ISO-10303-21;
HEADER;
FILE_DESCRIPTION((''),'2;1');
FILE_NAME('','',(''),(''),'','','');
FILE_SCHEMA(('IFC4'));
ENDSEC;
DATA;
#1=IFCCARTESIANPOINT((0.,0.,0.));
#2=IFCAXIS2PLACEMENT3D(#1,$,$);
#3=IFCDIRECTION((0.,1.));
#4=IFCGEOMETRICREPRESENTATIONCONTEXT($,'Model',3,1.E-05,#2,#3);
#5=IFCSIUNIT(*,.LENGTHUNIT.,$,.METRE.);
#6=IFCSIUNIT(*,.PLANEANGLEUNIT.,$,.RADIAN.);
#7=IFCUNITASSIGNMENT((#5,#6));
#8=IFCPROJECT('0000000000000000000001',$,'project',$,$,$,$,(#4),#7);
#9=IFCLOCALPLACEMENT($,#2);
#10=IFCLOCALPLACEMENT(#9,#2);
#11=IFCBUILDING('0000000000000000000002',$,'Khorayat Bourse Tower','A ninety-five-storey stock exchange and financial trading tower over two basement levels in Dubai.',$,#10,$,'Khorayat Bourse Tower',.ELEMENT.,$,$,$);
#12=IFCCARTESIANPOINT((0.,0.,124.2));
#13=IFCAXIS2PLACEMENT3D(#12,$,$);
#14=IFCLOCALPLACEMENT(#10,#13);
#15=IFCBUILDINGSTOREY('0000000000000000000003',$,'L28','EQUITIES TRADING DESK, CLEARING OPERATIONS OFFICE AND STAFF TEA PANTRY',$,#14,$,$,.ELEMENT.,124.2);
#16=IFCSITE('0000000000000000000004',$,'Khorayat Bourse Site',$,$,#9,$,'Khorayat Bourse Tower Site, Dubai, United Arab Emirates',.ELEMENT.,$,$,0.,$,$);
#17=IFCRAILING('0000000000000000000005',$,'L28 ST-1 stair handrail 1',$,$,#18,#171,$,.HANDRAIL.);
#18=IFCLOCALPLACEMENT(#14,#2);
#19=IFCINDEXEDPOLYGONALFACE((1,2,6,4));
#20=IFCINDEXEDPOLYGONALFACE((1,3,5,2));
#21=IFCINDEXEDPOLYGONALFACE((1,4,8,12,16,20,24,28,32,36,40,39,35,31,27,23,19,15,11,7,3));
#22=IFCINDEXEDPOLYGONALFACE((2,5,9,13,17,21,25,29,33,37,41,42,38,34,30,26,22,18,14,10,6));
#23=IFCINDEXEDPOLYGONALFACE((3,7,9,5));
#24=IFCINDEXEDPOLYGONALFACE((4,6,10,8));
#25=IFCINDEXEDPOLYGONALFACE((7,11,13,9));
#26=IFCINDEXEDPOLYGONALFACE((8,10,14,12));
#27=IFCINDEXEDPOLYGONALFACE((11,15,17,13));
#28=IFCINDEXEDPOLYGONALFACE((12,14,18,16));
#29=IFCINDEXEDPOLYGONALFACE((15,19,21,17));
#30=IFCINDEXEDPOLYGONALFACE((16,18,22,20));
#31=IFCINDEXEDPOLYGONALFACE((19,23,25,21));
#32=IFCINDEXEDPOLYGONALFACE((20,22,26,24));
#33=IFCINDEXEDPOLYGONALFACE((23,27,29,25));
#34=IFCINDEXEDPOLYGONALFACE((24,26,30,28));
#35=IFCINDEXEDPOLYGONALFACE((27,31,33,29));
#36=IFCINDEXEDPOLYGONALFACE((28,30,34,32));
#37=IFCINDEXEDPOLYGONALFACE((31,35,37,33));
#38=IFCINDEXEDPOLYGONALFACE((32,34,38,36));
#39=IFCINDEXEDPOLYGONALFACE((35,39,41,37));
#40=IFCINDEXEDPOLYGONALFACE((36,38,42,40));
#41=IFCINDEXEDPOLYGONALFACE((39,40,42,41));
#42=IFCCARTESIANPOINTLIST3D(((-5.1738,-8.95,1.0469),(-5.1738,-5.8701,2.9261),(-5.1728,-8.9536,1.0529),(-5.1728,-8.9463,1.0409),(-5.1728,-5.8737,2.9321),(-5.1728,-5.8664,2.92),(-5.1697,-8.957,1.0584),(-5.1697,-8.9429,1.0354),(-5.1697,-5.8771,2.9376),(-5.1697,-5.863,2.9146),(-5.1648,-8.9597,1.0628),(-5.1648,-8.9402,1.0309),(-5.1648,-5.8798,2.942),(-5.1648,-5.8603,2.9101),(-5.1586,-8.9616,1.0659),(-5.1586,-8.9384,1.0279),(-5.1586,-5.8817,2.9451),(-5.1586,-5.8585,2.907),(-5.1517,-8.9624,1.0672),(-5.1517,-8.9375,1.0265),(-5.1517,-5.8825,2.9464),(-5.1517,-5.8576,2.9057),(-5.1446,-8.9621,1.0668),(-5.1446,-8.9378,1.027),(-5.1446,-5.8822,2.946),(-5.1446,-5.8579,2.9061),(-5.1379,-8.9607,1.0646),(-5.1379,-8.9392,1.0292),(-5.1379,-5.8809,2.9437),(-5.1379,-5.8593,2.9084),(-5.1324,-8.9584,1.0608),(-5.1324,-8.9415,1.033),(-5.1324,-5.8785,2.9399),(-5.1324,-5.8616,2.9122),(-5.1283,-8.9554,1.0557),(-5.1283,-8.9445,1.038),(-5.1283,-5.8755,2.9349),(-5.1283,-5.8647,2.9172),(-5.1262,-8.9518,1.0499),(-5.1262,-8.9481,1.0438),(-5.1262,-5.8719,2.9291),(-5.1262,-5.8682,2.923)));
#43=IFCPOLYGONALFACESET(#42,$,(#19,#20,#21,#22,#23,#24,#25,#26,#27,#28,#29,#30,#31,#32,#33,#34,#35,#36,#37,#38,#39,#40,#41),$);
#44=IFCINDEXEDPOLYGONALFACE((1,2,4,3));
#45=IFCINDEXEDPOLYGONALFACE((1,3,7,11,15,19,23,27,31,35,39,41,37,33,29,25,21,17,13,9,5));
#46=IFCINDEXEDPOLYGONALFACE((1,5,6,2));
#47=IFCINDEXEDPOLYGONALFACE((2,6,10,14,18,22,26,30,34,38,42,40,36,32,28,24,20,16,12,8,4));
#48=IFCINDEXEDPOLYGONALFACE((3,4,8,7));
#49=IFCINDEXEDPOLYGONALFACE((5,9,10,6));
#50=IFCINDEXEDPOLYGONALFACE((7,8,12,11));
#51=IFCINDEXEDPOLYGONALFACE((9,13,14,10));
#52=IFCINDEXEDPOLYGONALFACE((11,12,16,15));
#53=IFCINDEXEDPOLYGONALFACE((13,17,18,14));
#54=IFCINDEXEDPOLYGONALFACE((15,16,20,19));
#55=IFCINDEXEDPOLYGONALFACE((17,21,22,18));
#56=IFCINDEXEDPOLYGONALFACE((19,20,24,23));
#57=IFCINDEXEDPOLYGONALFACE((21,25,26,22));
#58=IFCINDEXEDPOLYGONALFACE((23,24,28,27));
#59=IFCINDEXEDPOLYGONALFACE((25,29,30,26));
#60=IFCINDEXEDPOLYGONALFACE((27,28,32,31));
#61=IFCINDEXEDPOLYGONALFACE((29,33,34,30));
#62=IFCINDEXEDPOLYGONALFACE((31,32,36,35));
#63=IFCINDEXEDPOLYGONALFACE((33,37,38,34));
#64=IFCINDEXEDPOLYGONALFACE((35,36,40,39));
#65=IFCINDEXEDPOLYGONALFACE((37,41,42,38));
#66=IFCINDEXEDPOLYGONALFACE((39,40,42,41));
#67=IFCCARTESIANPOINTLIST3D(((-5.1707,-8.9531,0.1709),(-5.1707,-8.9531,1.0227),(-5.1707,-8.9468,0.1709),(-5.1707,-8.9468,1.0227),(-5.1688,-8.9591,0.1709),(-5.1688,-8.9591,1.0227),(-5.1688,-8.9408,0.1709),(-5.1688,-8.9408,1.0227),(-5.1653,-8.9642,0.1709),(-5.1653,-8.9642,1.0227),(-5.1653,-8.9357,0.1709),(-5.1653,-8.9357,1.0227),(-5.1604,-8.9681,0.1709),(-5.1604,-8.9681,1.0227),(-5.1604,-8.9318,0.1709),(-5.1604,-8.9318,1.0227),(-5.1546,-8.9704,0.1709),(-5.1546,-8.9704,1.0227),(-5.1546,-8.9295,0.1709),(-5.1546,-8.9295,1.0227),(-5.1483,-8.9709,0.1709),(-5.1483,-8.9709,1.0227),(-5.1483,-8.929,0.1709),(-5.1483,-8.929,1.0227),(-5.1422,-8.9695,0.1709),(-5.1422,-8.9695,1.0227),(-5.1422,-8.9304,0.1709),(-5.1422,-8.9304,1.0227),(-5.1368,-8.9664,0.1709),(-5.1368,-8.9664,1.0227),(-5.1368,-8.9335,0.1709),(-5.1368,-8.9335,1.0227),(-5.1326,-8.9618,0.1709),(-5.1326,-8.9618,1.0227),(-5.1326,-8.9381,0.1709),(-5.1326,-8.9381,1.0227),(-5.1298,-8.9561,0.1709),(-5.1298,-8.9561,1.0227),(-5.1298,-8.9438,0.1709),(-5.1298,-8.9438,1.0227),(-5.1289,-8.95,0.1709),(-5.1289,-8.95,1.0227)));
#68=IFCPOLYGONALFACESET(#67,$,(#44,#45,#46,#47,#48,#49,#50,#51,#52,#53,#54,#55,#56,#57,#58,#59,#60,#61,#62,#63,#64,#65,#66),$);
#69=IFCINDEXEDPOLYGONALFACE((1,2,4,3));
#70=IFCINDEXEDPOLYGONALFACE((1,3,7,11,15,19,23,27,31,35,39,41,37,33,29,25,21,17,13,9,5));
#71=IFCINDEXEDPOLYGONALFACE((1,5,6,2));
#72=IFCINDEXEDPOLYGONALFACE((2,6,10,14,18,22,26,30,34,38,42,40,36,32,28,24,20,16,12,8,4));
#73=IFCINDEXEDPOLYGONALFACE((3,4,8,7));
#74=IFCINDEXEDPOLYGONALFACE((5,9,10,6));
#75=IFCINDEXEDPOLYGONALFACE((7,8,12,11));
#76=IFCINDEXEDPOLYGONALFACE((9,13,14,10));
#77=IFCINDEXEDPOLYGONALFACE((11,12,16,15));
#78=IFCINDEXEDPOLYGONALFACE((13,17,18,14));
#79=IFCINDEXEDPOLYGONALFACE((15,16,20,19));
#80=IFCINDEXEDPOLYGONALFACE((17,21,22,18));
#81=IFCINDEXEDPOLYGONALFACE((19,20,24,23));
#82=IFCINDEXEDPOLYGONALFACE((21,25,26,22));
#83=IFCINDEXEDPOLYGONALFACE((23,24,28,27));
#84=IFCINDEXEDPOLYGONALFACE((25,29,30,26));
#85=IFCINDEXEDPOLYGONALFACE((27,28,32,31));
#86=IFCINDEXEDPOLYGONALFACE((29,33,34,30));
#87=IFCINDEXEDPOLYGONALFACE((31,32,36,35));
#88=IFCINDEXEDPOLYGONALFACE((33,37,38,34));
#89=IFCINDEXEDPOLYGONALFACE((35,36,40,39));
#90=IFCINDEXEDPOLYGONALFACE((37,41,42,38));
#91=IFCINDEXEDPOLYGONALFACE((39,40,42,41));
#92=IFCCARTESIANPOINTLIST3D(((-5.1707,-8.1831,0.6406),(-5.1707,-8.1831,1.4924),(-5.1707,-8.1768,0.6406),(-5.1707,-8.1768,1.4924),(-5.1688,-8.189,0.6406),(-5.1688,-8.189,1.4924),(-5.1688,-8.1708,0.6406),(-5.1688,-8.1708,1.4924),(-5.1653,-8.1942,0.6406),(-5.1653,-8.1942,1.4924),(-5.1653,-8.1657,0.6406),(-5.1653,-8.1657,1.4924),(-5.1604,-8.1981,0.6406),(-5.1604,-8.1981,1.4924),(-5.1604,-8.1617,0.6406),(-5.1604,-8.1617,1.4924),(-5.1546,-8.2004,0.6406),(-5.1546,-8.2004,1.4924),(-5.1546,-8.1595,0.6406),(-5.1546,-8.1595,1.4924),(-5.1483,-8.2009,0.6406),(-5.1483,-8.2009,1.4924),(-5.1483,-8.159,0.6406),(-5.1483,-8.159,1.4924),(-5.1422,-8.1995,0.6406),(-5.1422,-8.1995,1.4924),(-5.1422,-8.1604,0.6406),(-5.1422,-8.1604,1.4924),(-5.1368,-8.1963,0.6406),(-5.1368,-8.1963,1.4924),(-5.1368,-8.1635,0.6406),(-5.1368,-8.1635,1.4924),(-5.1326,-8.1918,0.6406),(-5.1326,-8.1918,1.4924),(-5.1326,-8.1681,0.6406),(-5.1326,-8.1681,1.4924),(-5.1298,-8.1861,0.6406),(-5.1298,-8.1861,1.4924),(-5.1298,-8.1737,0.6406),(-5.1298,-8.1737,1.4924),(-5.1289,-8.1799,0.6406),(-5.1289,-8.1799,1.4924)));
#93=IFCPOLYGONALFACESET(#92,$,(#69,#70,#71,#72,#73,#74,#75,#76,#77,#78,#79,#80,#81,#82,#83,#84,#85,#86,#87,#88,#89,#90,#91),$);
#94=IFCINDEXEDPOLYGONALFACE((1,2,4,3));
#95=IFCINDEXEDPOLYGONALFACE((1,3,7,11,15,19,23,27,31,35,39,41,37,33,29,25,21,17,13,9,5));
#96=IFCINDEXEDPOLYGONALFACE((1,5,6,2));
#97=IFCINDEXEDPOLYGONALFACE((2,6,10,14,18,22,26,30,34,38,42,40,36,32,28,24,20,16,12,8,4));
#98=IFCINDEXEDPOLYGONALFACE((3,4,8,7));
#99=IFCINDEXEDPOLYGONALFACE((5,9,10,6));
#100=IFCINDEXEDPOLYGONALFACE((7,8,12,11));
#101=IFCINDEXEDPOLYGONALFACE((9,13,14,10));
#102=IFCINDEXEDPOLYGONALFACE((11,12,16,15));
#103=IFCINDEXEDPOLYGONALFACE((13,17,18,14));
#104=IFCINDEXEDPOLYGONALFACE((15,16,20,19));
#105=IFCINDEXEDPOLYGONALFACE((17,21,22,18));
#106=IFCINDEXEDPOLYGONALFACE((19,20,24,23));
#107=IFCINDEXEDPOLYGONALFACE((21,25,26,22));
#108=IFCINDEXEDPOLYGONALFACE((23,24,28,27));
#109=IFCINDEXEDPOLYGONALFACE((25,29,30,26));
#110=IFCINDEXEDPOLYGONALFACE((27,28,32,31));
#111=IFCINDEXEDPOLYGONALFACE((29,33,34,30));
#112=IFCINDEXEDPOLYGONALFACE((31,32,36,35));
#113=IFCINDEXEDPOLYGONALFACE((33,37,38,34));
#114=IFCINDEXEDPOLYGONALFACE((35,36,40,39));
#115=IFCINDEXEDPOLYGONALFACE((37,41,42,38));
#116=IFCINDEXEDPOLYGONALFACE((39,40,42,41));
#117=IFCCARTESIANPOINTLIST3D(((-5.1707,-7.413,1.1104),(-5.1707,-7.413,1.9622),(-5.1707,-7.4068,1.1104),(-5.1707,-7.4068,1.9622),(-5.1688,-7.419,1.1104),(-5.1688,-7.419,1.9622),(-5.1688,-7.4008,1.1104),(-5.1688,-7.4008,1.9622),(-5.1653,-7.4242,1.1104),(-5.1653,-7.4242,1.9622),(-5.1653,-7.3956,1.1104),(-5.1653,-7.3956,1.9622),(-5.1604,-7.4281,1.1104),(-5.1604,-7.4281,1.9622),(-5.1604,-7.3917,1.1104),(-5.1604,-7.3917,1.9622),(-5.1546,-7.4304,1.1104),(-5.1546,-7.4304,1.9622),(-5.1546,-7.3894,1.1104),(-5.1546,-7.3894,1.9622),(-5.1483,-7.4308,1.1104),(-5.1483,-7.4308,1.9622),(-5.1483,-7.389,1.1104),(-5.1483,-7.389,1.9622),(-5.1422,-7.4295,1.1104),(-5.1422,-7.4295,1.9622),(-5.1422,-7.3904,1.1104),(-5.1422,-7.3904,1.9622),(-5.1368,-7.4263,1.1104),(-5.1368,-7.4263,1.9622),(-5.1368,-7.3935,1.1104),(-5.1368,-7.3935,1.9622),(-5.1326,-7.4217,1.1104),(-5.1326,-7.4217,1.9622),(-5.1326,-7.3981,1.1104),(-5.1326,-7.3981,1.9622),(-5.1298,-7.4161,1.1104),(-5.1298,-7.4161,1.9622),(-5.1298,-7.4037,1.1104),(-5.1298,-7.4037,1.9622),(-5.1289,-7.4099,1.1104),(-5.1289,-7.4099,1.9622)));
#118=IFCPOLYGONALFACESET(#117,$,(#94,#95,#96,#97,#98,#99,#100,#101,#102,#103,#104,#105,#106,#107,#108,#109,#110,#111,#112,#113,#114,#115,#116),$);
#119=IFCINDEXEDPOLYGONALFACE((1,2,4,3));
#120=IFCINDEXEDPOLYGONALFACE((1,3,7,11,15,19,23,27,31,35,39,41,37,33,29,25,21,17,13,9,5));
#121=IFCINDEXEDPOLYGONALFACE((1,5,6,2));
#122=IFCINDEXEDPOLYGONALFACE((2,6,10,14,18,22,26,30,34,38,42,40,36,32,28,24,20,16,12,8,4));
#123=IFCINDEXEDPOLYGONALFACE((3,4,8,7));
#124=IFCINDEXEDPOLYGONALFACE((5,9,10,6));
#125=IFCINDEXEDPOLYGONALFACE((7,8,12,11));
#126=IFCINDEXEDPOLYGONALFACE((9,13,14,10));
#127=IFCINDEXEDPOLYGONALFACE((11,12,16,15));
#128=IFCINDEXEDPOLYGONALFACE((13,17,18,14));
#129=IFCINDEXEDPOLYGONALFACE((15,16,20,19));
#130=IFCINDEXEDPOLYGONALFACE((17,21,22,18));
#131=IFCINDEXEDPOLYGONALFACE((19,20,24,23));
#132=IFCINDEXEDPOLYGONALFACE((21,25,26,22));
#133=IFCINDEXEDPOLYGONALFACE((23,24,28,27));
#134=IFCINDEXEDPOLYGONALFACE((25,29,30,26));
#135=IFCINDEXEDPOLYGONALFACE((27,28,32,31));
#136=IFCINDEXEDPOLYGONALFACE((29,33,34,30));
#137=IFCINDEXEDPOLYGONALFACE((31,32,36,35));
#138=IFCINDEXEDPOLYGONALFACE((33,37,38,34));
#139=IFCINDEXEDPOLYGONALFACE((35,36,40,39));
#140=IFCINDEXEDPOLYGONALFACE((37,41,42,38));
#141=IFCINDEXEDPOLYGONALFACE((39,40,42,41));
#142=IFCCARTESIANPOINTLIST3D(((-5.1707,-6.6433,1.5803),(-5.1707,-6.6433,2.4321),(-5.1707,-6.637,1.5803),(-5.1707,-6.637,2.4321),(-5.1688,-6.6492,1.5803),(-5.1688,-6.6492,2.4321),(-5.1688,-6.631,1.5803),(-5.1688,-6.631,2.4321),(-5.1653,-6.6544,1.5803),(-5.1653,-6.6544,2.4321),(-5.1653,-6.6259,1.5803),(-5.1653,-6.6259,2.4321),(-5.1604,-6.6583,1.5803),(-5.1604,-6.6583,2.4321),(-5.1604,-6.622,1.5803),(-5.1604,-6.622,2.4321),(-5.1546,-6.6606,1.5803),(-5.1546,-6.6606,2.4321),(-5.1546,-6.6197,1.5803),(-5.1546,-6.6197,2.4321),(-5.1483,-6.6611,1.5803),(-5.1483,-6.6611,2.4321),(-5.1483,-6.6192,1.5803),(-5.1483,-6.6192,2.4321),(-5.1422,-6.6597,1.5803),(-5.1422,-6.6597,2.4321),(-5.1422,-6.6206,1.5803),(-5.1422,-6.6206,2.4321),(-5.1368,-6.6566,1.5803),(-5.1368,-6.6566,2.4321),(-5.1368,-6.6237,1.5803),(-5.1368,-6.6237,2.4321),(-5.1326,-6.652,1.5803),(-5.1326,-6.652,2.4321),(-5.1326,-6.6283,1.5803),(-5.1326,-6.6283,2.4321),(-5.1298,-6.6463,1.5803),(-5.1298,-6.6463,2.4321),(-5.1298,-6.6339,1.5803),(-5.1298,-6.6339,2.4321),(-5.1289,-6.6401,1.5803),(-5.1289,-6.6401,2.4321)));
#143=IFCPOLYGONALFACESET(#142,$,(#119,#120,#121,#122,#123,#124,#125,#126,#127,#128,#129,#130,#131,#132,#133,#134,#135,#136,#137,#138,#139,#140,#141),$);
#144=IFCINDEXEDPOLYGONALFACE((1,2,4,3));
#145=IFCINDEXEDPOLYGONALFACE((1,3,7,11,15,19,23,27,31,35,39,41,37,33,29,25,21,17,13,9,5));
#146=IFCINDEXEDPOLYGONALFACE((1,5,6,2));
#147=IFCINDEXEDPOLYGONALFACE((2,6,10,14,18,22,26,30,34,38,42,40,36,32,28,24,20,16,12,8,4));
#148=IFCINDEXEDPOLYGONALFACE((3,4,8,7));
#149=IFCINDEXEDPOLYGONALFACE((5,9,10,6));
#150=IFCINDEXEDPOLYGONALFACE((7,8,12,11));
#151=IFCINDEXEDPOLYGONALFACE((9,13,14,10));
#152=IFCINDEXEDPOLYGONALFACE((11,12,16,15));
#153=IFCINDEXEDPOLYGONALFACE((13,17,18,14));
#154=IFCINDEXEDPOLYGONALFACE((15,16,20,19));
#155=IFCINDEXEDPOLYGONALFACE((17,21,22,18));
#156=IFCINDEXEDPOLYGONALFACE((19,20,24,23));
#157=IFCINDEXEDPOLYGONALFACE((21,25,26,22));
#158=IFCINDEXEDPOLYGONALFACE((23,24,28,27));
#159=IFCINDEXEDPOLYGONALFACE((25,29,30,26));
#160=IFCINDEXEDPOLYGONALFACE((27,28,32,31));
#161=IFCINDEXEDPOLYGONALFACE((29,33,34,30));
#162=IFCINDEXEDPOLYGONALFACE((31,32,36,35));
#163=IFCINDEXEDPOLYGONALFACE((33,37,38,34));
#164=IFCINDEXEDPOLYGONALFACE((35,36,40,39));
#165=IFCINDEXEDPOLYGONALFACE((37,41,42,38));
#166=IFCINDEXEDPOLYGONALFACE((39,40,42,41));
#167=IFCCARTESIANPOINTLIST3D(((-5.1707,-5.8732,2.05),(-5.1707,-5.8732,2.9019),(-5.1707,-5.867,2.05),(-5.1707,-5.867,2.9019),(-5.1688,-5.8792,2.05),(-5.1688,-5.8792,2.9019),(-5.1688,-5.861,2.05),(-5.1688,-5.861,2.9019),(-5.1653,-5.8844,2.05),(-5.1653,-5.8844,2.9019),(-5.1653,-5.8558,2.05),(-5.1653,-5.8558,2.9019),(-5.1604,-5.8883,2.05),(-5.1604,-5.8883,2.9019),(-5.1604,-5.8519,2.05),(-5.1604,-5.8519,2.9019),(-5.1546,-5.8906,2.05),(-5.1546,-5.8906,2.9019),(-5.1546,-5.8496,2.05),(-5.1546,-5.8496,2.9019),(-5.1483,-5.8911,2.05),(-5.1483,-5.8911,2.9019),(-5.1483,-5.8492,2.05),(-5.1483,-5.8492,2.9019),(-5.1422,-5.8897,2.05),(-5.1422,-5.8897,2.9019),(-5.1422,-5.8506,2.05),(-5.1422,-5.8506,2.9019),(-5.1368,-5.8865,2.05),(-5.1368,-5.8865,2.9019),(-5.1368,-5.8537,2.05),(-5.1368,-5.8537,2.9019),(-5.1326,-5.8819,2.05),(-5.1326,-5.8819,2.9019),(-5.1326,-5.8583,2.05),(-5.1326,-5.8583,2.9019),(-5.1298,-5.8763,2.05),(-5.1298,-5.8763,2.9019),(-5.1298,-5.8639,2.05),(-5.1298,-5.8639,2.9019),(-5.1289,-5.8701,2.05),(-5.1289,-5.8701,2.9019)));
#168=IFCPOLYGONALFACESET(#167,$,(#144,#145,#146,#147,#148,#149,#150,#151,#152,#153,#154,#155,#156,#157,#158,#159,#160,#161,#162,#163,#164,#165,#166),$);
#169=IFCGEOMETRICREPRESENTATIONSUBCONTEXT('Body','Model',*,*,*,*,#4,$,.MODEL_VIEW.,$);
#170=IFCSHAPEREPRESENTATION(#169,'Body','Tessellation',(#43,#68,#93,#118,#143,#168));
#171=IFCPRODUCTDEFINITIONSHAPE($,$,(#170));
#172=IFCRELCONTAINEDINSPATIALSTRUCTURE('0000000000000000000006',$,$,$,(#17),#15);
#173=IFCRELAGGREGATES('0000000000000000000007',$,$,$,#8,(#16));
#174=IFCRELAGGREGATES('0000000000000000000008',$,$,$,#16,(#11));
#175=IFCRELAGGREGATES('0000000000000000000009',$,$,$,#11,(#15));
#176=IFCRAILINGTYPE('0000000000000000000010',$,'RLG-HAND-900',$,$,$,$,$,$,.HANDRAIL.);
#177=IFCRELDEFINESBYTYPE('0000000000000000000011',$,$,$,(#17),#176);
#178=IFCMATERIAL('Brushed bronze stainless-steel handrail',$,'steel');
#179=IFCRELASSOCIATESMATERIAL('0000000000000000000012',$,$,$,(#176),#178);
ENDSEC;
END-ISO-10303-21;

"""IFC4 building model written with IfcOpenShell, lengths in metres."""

from ifc_helpers import new_model, si_unit, direction, frame, origin, origin_2d, place, context, subcontext, project, spatial, circle, extrude, source, transform, mapped, material, type_object, element, save


model = new_model("IFC4")

# Units and contexts
model_context = context("Model", 3, precision=1e-05, world=origin(), true_north=direction((0.0, 1.0)))
body_context = subcontext(model_context, "Body", "Model", "MODEL_VIEW")
ifc_project = project(units=[si_unit("LENGTHUNIT", "METRE"), si_unit("PLANEANGLEUNIT", "RADIAN")], contexts=[model_context])

# Site, building, storey
site_placement = place(None, origin())
site = spatial("IfcSite", under=ifc_project, at=site_placement, Name="Khorayat Bourse Site", LongName="Khorayat Bourse Tower Site, Dubai, United Arab Emirates", CompositionType="ELEMENT", RefElevation=0.0)
building_placement = place(site_placement, origin())
building = spatial("IfcBuilding", under=site, at=building_placement, Name="Khorayat Bourse Tower", Description="A ninety-five-storey stock exchange and financial trading tower over two basement levels in Dubai.", LongName="Khorayat Bourse Tower", CompositionType="ELEMENT")
storey_placement = place(building_placement, frame((0.0, 0.0, 124.2)))
storey = spatial("IfcBuildingStorey", under=building, at=storey_placement, Name="L28", Description="EQUITIES TRADING DESK, CLEARING OPERATIONS OFFICE AND STAFF TEA PANTRY", CompositionType="ELEMENT", Elevation=124.2)

# Railing
ifc_material_1 = material(Name="Brushed bronze stainless-steel handrail", Category="steel")
railing_type_1 = type_object("IfcRailingType", Name="RLG-HAND-900", PredefinedType="HANDRAIL", material=ifc_material_1)
shared_shape_1 = source(origin(), body_context, "Body", "SweptSolid", [
    extrude(circle(Radius=0.0239, at=origin_2d()), frame((0.0, 0.0, 0.876), z_axis=(0.0, 0.853648, 0.52085), x_axis=(-1.0, 0.0, 0.0)), (0.0, 0.0, 1.0), 3.6079),
    extrude(circle(Radius=0.021, at=origin_2d()), origin(), (0.0, 0.0, 1.0), 0.8518),
    extrude(circle(Radius=0.021, at=origin_2d()), frame((0.0, 0.77, 0.4697)), (0.0, 0.0, 1.0), 0.8518),
    extrude(circle(Radius=0.021, at=origin_2d()), frame((0.0, 1.54, 0.9395)), (0.0, 0.0, 1.0), 0.8518),
    extrude(circle(Radius=0.021, at=origin_2d()), frame((0.0, 2.3098, 1.4094)), (0.0, 0.0, 1.0), 0.8518),
    extrude(circle(Radius=0.021, at=origin_2d()), frame((0.0, 3.0798, 1.8792)), (0.0, 0.0, 1.0), 0.8518),
])
railing_1_placement = place(storey_placement, frame((-5.1499, -8.95, 0.1709)))
element("IfcRailing", 1, at=railing_1_placement, inside=storey, type_object=railing_type_1, Name="L28 ST-1 stair handrail 1", PredefinedType="HANDRAIL", context=body_context, shape_type="MappedRepresentation", body=[
    mapped(shared_shape_1, transform((0.0, 0.0, 0.0), scale=1.0)),
])

save(model, "model.ifc")
